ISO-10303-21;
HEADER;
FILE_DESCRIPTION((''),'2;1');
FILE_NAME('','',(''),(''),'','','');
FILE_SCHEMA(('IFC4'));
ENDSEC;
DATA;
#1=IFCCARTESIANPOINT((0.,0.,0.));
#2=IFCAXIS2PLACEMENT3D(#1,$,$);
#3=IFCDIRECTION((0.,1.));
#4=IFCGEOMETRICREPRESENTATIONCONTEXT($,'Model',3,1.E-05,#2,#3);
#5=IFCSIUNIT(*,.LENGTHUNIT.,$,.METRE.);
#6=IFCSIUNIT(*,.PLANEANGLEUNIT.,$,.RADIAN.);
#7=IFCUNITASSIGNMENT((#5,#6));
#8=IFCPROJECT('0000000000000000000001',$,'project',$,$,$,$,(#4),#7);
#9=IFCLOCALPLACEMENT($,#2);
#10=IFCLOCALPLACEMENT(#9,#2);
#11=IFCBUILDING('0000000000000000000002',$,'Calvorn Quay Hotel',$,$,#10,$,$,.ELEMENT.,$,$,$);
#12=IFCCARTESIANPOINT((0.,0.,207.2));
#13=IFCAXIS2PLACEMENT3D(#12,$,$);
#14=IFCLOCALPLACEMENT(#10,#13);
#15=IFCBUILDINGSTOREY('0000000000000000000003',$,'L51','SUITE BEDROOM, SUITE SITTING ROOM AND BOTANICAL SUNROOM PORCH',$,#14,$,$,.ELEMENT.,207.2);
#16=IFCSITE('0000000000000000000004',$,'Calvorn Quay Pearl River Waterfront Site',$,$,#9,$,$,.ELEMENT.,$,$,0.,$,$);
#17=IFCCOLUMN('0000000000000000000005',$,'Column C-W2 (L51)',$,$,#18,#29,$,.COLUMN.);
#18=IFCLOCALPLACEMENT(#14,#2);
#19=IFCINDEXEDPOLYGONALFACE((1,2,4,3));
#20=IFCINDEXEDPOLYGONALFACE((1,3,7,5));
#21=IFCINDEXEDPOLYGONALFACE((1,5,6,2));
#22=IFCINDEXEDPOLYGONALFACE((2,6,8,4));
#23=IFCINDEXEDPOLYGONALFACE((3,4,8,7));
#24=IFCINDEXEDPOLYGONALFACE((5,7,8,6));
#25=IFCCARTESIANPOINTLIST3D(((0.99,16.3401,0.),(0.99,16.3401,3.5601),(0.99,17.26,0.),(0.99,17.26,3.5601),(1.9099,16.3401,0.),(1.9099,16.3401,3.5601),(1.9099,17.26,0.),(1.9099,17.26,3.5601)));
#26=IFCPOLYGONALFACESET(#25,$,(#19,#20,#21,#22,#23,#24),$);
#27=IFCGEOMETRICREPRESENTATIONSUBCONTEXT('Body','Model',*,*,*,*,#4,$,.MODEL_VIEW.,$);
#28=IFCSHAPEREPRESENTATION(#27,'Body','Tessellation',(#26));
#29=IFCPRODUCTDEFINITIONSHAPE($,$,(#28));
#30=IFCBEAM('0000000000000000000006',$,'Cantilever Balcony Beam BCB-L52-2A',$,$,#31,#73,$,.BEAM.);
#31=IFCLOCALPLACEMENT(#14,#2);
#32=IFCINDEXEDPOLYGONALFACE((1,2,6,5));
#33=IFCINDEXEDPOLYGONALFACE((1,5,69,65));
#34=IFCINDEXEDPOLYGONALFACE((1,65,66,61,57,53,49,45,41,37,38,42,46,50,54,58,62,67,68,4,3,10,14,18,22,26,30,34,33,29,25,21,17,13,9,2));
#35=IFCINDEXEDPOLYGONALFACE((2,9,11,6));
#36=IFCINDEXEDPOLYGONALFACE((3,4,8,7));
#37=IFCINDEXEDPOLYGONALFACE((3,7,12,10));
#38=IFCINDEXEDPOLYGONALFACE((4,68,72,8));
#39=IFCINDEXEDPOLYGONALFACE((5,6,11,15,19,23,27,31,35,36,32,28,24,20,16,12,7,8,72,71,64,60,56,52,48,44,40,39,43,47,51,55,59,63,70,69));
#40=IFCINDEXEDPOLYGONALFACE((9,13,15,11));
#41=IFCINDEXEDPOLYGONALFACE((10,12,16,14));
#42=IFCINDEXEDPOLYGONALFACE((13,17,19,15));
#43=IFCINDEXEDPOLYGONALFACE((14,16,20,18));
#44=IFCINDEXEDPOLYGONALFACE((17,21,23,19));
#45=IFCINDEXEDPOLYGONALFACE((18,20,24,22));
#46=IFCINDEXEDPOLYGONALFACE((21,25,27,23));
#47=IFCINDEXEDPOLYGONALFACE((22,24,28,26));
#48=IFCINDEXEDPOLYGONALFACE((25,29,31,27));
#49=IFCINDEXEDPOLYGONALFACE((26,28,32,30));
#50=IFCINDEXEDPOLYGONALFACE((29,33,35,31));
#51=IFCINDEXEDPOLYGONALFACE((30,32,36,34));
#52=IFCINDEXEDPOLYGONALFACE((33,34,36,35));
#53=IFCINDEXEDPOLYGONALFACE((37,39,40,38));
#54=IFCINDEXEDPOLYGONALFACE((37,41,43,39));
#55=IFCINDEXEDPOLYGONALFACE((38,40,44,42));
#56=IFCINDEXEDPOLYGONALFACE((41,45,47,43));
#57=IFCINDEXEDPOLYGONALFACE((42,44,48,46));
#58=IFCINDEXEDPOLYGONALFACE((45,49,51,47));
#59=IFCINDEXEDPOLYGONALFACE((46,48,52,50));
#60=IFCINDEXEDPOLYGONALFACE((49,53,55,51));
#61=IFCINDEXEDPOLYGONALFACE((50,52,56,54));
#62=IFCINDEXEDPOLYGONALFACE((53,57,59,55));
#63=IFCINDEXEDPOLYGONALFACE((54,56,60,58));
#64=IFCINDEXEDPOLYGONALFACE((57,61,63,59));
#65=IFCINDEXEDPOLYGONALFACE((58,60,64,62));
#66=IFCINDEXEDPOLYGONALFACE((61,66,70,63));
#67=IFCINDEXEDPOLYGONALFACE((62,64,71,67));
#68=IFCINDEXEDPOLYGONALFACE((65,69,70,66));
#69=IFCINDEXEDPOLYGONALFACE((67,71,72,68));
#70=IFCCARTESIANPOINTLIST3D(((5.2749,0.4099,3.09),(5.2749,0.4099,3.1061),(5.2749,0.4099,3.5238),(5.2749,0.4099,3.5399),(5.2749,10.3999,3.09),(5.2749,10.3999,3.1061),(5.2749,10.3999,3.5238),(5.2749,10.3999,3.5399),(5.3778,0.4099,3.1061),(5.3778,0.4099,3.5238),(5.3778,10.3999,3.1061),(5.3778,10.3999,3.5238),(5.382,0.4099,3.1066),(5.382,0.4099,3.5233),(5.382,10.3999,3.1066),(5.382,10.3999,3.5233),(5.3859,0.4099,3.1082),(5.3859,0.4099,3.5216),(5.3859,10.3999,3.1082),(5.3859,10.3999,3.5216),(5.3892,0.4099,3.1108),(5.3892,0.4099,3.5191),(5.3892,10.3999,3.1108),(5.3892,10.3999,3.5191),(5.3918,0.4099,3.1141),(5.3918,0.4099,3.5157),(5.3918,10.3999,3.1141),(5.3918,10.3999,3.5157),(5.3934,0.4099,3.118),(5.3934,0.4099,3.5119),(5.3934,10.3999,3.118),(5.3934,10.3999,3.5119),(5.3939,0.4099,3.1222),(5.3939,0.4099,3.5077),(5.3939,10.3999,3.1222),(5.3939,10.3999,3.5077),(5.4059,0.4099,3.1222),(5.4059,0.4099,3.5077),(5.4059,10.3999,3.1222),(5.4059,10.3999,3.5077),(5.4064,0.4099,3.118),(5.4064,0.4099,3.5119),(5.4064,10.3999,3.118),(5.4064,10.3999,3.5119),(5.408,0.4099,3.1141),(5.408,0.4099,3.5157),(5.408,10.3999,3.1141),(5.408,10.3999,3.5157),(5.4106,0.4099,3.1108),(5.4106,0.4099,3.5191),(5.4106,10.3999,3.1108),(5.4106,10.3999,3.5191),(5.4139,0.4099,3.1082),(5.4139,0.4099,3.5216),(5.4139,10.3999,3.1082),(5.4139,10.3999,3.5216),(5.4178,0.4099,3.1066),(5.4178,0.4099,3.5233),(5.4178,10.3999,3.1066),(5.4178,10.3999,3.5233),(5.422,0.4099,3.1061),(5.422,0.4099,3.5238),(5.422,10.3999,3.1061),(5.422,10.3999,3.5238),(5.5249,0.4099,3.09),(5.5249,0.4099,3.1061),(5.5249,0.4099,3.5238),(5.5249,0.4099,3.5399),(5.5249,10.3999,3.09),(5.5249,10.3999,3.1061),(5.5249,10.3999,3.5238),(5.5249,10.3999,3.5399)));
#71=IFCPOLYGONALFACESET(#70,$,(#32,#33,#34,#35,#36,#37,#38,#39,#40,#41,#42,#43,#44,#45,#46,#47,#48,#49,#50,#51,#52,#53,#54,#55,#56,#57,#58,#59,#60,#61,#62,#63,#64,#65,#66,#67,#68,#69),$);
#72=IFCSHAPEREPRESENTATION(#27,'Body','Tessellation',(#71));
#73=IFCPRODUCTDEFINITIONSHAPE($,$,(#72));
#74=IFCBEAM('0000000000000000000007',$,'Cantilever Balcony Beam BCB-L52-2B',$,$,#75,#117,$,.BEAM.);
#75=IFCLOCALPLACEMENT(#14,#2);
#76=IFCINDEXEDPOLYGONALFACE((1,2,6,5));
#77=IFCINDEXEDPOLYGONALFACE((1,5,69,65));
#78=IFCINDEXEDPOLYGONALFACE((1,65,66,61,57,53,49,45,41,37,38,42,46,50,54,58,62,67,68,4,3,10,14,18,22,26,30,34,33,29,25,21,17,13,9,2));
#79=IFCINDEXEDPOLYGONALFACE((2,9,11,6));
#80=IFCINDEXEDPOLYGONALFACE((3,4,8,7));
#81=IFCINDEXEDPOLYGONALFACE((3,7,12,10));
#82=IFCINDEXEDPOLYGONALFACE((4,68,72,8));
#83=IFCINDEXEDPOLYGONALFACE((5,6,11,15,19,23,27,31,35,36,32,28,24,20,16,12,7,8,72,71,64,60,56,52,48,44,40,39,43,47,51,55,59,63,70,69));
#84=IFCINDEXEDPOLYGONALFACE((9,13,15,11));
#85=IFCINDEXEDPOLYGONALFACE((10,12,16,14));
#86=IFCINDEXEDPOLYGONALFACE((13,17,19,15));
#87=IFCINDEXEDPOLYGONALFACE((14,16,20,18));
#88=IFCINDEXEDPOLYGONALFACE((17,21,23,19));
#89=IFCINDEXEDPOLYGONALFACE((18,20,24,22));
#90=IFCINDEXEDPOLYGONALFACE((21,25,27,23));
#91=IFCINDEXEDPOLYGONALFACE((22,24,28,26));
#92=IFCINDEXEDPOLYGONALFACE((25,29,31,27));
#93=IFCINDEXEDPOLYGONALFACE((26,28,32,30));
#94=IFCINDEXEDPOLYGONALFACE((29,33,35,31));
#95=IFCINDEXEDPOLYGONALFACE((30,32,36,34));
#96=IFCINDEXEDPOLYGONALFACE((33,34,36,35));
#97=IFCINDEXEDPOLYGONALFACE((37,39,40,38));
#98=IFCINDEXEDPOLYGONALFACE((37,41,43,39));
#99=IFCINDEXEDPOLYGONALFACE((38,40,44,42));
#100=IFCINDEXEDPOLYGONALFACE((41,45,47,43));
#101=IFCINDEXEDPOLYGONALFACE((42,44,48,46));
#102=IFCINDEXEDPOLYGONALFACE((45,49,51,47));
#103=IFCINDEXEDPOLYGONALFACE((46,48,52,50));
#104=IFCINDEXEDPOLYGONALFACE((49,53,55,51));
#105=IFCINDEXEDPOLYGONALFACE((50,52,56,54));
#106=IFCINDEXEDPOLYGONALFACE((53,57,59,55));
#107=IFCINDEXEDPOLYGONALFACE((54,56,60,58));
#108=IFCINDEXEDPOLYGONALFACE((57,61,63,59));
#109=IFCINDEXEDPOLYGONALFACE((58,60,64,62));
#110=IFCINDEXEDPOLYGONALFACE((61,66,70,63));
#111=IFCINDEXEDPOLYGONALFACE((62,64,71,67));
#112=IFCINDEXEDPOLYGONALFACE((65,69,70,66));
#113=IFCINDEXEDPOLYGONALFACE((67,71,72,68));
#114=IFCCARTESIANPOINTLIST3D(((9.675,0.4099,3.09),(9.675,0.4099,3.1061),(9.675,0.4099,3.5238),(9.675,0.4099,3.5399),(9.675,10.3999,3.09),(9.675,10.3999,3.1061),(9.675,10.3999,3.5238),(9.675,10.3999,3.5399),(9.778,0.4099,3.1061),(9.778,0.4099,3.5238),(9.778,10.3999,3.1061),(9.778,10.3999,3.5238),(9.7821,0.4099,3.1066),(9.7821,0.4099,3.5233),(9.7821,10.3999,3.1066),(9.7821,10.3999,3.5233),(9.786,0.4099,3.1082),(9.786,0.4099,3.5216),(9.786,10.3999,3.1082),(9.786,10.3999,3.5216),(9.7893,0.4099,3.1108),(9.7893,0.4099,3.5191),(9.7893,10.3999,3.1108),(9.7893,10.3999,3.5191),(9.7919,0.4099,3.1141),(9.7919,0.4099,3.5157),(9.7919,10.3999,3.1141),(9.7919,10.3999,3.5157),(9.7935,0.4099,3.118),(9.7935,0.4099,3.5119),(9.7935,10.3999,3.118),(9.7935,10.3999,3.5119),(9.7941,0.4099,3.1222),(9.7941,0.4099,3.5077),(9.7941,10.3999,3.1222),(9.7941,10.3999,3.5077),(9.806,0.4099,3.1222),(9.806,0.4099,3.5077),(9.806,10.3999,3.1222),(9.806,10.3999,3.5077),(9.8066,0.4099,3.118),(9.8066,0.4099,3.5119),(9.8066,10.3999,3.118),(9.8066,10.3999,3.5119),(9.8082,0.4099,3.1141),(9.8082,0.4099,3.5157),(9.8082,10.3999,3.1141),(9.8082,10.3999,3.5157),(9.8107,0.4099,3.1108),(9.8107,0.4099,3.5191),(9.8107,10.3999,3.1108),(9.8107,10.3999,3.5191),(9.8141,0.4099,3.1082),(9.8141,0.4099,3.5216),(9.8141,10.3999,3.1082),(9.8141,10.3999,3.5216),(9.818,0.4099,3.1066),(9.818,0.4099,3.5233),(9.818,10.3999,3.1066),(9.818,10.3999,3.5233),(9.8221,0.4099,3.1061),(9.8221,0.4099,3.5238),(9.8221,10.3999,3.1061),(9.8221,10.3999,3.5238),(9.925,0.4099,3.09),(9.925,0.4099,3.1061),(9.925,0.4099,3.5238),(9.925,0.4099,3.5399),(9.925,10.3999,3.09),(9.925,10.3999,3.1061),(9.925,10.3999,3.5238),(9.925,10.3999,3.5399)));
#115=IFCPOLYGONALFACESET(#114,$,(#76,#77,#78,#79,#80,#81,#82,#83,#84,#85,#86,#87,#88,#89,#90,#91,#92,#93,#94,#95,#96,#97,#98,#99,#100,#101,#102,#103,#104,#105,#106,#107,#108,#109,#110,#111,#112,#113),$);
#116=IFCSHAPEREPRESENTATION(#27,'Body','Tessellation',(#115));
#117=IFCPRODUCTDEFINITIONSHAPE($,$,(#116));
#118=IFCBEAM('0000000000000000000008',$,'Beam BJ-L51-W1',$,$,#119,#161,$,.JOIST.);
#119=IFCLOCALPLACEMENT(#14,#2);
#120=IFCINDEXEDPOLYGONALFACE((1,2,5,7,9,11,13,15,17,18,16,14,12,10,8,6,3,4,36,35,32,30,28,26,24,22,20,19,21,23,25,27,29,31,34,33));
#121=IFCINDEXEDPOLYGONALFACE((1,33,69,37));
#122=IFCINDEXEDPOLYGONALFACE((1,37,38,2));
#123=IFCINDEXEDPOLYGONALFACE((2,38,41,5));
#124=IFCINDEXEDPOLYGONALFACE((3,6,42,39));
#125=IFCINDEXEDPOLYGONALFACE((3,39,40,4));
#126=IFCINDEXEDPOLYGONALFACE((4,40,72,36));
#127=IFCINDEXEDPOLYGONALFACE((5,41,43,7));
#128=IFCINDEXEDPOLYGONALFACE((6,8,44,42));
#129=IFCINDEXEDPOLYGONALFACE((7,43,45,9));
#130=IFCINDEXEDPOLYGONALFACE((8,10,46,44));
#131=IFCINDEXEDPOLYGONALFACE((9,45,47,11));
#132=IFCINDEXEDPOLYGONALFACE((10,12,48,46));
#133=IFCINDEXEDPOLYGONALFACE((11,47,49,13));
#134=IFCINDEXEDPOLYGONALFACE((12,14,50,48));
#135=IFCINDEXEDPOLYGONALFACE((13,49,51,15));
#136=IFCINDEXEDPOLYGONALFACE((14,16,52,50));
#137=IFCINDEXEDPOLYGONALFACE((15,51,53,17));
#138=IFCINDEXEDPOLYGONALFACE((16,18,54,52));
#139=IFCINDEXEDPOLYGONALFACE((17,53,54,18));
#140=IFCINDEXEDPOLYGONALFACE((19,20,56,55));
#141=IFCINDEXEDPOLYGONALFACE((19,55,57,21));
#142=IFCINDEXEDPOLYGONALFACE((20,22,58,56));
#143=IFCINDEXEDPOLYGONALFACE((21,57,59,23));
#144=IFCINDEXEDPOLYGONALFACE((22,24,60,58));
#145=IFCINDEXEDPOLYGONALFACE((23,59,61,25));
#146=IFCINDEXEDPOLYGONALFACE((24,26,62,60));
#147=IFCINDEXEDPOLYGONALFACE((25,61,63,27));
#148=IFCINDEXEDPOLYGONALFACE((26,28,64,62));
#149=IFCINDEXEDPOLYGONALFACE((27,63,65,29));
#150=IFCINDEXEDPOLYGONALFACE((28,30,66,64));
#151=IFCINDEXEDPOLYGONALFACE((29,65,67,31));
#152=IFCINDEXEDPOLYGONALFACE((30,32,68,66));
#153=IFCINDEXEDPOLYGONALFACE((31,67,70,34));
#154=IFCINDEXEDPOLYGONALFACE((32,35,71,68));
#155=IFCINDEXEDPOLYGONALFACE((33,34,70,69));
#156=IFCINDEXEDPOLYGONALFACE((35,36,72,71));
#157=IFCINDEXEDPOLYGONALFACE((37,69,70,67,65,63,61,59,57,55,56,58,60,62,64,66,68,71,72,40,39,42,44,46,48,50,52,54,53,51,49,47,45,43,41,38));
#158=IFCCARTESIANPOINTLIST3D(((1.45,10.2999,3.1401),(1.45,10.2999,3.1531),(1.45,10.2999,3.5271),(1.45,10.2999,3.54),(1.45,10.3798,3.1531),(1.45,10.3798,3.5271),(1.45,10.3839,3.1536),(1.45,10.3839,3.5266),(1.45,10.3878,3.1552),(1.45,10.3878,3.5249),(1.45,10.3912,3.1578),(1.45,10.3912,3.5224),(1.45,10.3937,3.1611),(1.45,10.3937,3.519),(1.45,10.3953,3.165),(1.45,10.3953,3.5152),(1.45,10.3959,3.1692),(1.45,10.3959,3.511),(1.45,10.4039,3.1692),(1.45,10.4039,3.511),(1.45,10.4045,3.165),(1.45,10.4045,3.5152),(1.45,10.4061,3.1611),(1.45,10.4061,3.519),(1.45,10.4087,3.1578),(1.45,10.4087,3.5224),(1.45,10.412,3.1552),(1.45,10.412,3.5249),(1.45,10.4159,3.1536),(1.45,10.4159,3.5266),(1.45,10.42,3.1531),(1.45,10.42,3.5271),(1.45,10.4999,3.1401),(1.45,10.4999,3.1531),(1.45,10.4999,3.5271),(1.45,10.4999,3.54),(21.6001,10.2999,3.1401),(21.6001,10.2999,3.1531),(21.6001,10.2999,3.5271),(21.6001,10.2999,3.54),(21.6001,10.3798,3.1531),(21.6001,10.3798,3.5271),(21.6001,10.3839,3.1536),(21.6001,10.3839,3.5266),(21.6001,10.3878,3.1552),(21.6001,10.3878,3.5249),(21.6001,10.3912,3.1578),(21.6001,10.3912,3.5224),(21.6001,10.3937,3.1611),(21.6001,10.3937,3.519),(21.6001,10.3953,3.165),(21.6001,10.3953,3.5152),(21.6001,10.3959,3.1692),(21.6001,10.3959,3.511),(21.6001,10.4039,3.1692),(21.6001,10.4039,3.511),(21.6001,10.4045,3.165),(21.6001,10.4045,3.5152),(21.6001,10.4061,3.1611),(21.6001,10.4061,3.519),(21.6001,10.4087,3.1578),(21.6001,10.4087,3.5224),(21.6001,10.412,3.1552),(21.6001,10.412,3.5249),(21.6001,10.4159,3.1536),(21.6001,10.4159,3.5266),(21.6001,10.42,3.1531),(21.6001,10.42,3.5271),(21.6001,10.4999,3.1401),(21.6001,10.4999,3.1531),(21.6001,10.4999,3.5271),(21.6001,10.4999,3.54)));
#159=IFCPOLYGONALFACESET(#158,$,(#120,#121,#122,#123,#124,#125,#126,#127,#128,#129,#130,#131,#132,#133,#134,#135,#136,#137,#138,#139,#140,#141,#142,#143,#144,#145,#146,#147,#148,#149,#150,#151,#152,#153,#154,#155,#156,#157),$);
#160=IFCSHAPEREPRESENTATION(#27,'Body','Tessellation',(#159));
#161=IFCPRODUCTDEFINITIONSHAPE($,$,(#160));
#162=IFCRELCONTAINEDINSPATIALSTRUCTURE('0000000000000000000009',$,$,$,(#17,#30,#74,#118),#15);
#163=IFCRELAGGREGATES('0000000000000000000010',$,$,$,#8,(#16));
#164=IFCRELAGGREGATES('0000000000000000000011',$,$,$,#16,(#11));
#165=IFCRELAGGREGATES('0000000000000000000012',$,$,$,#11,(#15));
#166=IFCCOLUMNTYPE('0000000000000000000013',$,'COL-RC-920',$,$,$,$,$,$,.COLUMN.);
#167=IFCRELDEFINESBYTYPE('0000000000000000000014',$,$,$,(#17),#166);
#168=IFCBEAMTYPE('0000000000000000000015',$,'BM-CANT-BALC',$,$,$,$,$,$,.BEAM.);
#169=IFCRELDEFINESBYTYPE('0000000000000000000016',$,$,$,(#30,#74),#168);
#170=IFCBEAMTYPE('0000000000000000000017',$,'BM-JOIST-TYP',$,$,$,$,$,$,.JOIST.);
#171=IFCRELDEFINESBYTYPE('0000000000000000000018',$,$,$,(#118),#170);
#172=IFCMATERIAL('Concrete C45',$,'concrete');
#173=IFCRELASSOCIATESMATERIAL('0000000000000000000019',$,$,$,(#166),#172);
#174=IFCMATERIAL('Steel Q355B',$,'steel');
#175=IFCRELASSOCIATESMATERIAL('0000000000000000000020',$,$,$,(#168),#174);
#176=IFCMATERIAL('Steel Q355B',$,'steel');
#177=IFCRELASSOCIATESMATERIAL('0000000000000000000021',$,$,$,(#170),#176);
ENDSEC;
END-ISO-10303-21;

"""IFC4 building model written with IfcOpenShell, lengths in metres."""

from ifc_helpers import new_model, si_unit, direction, frame, origin, origin_2d, place, context, subcontext, project, spatial, rectangle, i_section, extrude, material, material_profile, profile_set, type_object, element, save


model = new_model("IFC4")

# Units and contexts
model_context = context("Model", 3, precision=1e-05, world=origin(), true_north=direction((0.0, 1.0)))
body_context = subcontext(model_context, "Body", "Model", "MODEL_VIEW")
ifc_project = project(units=[si_unit("LENGTHUNIT", "METRE"), si_unit("PLANEANGLEUNIT", "RADIAN")], contexts=[model_context])

# Site, building, storey
site_placement = place(None, origin())
site = spatial("IfcSite", under=ifc_project, at=site_placement, Name="Calvorn Quay Pearl River Waterfront Site", CompositionType="ELEMENT", RefElevation=0.0)
building_placement = place(site_placement, origin())
building = spatial("IfcBuilding", under=site, at=building_placement, Name="Calvorn Quay Hotel", CompositionType="ELEMENT")
storey_placement = place(building_placement, frame((0.0, 0.0, 207.2)))
storey = spatial("IfcBuildingStorey", under=building, at=storey_placement, Name="L51", Description="SUITE BEDROOM, SUITE SITTING ROOM AND BOTANICAL SUNROOM PORCH", CompositionType="ELEMENT", Elevation=207.2)

# Column
ifc_material_1 = material(Name="Concrete C45", Category="concrete")
ifc_material_profile_1 = material_profile(ifc_material_1, rectangle(XDim=0.9199, YDim=0.9199, at=origin_2d()), Name="RC920x920")
ifc_profile_set_1 = profile_set([ifc_material_profile_1], Name="Concrete C45")
column_type = type_object("IfcColumnType", Name="COL-RC-920", PredefinedType="COLUMN", material=ifc_profile_set_1)
column_placement = place(storey_placement, frame((1.45, 16.8, 0.0), z_axis=(0.0, 0.0, 1.0), x_axis=(1.0, 0.0, 0.0)))
element("IfcColumn", 1, at=column_placement, inside=storey, type_object=column_type, Name="Column C-W2 (L51)", PredefinedType="COLUMN", context=body_context, shape_type="SweptSolid", body=[
    extrude(rectangle(XDim=0.9199, YDim=0.9199, at=origin_2d()), origin(), (0.0, 0.0, 1.0), 3.5601),
])

# Beams
ifc_material_2 = material(Name="Steel Q355B", Category="steel")
ifc_material_profile_2 = material_profile(ifc_material_2, i_section(OverallWidth=0.25, OverallDepth=0.45, WebThickness=0.012, FlangeThickness=0.0161, FilletRadius=0.0161, at=origin_2d()), Name="HN450x250x12x16")
ifc_profile_set_2 = profile_set([ifc_material_profile_2], Name="Steel Q355B")
beam_type_1 = type_object("IfcBeamType", Name="BM-CANT-BALC", PredefinedType="BEAM", material=ifc_profile_set_2)
for number, where, z_axis, x_axis, name in (
    (2, (5.3999, 10.3999, 3.3149), (0.0, -1.0, 0.0), (1.0, 0.0, 0.0), "Cantilever Balcony Beam BCB-L52-2A"),
    (3, (9.8, 10.3999, 3.3149), (0.0, -1.0, 0.0), (1.0, 0.0, 0.0), "Cantilever Balcony Beam BCB-L52-2B"),
):
    element("IfcBeam", number, at=place(storey_placement, frame(where, z_axis=z_axis, x_axis=x_axis)), inside=storey, type_object=beam_type_1, Name=name, PredefinedType="BEAM", context=body_context, shape_type="SweptSolid", body=[
        extrude(i_section(OverallWidth=0.25, OverallDepth=0.45, WebThickness=0.012, FlangeThickness=0.0161, FilletRadius=0.0161, at=origin_2d()), origin(), (0.0, 0.0, 1.0), 9.99),
    ])
ifc_material_3 = material(Name="Steel Q355B", Category="steel")
ifc_material_profile_3 = material_profile(ifc_material_3, i_section(OverallWidth=0.2, OverallDepth=0.3999, WebThickness=0.0081, FlangeThickness=0.0129, FilletRadius=0.0161, at=origin_2d()), Name="HN400x200x8x13")
ifc_profile_set_3 = profile_set([ifc_material_profile_3], Name="Steel Q355B")
beam_type_2 = type_object("IfcBeamType", Name="BM-JOIST-TYP", PredefinedType="JOIST", material=ifc_profile_set_3)
beam_1_placement = place(storey_placement, frame((1.45, 10.3999, 3.3401), z_axis=(1.0, 0.0, 0.0), x_axis=(0.0, 1.0, 0.0)))
element("IfcBeam", 4, at=beam_1_placement, inside=storey, type_object=beam_type_2, Name="Beam BJ-L51-W1", PredefinedType="JOIST", context=body_context, shape_type="SweptSolid", body=[
    extrude(i_section(OverallWidth=0.2, OverallDepth=0.3999, WebThickness=0.0081, FlangeThickness=0.0129, FilletRadius=0.0161, at=origin_2d()), origin(), (0.0, 0.0, 1.0), 20.1501),
])

save(model, "model.ifc")
